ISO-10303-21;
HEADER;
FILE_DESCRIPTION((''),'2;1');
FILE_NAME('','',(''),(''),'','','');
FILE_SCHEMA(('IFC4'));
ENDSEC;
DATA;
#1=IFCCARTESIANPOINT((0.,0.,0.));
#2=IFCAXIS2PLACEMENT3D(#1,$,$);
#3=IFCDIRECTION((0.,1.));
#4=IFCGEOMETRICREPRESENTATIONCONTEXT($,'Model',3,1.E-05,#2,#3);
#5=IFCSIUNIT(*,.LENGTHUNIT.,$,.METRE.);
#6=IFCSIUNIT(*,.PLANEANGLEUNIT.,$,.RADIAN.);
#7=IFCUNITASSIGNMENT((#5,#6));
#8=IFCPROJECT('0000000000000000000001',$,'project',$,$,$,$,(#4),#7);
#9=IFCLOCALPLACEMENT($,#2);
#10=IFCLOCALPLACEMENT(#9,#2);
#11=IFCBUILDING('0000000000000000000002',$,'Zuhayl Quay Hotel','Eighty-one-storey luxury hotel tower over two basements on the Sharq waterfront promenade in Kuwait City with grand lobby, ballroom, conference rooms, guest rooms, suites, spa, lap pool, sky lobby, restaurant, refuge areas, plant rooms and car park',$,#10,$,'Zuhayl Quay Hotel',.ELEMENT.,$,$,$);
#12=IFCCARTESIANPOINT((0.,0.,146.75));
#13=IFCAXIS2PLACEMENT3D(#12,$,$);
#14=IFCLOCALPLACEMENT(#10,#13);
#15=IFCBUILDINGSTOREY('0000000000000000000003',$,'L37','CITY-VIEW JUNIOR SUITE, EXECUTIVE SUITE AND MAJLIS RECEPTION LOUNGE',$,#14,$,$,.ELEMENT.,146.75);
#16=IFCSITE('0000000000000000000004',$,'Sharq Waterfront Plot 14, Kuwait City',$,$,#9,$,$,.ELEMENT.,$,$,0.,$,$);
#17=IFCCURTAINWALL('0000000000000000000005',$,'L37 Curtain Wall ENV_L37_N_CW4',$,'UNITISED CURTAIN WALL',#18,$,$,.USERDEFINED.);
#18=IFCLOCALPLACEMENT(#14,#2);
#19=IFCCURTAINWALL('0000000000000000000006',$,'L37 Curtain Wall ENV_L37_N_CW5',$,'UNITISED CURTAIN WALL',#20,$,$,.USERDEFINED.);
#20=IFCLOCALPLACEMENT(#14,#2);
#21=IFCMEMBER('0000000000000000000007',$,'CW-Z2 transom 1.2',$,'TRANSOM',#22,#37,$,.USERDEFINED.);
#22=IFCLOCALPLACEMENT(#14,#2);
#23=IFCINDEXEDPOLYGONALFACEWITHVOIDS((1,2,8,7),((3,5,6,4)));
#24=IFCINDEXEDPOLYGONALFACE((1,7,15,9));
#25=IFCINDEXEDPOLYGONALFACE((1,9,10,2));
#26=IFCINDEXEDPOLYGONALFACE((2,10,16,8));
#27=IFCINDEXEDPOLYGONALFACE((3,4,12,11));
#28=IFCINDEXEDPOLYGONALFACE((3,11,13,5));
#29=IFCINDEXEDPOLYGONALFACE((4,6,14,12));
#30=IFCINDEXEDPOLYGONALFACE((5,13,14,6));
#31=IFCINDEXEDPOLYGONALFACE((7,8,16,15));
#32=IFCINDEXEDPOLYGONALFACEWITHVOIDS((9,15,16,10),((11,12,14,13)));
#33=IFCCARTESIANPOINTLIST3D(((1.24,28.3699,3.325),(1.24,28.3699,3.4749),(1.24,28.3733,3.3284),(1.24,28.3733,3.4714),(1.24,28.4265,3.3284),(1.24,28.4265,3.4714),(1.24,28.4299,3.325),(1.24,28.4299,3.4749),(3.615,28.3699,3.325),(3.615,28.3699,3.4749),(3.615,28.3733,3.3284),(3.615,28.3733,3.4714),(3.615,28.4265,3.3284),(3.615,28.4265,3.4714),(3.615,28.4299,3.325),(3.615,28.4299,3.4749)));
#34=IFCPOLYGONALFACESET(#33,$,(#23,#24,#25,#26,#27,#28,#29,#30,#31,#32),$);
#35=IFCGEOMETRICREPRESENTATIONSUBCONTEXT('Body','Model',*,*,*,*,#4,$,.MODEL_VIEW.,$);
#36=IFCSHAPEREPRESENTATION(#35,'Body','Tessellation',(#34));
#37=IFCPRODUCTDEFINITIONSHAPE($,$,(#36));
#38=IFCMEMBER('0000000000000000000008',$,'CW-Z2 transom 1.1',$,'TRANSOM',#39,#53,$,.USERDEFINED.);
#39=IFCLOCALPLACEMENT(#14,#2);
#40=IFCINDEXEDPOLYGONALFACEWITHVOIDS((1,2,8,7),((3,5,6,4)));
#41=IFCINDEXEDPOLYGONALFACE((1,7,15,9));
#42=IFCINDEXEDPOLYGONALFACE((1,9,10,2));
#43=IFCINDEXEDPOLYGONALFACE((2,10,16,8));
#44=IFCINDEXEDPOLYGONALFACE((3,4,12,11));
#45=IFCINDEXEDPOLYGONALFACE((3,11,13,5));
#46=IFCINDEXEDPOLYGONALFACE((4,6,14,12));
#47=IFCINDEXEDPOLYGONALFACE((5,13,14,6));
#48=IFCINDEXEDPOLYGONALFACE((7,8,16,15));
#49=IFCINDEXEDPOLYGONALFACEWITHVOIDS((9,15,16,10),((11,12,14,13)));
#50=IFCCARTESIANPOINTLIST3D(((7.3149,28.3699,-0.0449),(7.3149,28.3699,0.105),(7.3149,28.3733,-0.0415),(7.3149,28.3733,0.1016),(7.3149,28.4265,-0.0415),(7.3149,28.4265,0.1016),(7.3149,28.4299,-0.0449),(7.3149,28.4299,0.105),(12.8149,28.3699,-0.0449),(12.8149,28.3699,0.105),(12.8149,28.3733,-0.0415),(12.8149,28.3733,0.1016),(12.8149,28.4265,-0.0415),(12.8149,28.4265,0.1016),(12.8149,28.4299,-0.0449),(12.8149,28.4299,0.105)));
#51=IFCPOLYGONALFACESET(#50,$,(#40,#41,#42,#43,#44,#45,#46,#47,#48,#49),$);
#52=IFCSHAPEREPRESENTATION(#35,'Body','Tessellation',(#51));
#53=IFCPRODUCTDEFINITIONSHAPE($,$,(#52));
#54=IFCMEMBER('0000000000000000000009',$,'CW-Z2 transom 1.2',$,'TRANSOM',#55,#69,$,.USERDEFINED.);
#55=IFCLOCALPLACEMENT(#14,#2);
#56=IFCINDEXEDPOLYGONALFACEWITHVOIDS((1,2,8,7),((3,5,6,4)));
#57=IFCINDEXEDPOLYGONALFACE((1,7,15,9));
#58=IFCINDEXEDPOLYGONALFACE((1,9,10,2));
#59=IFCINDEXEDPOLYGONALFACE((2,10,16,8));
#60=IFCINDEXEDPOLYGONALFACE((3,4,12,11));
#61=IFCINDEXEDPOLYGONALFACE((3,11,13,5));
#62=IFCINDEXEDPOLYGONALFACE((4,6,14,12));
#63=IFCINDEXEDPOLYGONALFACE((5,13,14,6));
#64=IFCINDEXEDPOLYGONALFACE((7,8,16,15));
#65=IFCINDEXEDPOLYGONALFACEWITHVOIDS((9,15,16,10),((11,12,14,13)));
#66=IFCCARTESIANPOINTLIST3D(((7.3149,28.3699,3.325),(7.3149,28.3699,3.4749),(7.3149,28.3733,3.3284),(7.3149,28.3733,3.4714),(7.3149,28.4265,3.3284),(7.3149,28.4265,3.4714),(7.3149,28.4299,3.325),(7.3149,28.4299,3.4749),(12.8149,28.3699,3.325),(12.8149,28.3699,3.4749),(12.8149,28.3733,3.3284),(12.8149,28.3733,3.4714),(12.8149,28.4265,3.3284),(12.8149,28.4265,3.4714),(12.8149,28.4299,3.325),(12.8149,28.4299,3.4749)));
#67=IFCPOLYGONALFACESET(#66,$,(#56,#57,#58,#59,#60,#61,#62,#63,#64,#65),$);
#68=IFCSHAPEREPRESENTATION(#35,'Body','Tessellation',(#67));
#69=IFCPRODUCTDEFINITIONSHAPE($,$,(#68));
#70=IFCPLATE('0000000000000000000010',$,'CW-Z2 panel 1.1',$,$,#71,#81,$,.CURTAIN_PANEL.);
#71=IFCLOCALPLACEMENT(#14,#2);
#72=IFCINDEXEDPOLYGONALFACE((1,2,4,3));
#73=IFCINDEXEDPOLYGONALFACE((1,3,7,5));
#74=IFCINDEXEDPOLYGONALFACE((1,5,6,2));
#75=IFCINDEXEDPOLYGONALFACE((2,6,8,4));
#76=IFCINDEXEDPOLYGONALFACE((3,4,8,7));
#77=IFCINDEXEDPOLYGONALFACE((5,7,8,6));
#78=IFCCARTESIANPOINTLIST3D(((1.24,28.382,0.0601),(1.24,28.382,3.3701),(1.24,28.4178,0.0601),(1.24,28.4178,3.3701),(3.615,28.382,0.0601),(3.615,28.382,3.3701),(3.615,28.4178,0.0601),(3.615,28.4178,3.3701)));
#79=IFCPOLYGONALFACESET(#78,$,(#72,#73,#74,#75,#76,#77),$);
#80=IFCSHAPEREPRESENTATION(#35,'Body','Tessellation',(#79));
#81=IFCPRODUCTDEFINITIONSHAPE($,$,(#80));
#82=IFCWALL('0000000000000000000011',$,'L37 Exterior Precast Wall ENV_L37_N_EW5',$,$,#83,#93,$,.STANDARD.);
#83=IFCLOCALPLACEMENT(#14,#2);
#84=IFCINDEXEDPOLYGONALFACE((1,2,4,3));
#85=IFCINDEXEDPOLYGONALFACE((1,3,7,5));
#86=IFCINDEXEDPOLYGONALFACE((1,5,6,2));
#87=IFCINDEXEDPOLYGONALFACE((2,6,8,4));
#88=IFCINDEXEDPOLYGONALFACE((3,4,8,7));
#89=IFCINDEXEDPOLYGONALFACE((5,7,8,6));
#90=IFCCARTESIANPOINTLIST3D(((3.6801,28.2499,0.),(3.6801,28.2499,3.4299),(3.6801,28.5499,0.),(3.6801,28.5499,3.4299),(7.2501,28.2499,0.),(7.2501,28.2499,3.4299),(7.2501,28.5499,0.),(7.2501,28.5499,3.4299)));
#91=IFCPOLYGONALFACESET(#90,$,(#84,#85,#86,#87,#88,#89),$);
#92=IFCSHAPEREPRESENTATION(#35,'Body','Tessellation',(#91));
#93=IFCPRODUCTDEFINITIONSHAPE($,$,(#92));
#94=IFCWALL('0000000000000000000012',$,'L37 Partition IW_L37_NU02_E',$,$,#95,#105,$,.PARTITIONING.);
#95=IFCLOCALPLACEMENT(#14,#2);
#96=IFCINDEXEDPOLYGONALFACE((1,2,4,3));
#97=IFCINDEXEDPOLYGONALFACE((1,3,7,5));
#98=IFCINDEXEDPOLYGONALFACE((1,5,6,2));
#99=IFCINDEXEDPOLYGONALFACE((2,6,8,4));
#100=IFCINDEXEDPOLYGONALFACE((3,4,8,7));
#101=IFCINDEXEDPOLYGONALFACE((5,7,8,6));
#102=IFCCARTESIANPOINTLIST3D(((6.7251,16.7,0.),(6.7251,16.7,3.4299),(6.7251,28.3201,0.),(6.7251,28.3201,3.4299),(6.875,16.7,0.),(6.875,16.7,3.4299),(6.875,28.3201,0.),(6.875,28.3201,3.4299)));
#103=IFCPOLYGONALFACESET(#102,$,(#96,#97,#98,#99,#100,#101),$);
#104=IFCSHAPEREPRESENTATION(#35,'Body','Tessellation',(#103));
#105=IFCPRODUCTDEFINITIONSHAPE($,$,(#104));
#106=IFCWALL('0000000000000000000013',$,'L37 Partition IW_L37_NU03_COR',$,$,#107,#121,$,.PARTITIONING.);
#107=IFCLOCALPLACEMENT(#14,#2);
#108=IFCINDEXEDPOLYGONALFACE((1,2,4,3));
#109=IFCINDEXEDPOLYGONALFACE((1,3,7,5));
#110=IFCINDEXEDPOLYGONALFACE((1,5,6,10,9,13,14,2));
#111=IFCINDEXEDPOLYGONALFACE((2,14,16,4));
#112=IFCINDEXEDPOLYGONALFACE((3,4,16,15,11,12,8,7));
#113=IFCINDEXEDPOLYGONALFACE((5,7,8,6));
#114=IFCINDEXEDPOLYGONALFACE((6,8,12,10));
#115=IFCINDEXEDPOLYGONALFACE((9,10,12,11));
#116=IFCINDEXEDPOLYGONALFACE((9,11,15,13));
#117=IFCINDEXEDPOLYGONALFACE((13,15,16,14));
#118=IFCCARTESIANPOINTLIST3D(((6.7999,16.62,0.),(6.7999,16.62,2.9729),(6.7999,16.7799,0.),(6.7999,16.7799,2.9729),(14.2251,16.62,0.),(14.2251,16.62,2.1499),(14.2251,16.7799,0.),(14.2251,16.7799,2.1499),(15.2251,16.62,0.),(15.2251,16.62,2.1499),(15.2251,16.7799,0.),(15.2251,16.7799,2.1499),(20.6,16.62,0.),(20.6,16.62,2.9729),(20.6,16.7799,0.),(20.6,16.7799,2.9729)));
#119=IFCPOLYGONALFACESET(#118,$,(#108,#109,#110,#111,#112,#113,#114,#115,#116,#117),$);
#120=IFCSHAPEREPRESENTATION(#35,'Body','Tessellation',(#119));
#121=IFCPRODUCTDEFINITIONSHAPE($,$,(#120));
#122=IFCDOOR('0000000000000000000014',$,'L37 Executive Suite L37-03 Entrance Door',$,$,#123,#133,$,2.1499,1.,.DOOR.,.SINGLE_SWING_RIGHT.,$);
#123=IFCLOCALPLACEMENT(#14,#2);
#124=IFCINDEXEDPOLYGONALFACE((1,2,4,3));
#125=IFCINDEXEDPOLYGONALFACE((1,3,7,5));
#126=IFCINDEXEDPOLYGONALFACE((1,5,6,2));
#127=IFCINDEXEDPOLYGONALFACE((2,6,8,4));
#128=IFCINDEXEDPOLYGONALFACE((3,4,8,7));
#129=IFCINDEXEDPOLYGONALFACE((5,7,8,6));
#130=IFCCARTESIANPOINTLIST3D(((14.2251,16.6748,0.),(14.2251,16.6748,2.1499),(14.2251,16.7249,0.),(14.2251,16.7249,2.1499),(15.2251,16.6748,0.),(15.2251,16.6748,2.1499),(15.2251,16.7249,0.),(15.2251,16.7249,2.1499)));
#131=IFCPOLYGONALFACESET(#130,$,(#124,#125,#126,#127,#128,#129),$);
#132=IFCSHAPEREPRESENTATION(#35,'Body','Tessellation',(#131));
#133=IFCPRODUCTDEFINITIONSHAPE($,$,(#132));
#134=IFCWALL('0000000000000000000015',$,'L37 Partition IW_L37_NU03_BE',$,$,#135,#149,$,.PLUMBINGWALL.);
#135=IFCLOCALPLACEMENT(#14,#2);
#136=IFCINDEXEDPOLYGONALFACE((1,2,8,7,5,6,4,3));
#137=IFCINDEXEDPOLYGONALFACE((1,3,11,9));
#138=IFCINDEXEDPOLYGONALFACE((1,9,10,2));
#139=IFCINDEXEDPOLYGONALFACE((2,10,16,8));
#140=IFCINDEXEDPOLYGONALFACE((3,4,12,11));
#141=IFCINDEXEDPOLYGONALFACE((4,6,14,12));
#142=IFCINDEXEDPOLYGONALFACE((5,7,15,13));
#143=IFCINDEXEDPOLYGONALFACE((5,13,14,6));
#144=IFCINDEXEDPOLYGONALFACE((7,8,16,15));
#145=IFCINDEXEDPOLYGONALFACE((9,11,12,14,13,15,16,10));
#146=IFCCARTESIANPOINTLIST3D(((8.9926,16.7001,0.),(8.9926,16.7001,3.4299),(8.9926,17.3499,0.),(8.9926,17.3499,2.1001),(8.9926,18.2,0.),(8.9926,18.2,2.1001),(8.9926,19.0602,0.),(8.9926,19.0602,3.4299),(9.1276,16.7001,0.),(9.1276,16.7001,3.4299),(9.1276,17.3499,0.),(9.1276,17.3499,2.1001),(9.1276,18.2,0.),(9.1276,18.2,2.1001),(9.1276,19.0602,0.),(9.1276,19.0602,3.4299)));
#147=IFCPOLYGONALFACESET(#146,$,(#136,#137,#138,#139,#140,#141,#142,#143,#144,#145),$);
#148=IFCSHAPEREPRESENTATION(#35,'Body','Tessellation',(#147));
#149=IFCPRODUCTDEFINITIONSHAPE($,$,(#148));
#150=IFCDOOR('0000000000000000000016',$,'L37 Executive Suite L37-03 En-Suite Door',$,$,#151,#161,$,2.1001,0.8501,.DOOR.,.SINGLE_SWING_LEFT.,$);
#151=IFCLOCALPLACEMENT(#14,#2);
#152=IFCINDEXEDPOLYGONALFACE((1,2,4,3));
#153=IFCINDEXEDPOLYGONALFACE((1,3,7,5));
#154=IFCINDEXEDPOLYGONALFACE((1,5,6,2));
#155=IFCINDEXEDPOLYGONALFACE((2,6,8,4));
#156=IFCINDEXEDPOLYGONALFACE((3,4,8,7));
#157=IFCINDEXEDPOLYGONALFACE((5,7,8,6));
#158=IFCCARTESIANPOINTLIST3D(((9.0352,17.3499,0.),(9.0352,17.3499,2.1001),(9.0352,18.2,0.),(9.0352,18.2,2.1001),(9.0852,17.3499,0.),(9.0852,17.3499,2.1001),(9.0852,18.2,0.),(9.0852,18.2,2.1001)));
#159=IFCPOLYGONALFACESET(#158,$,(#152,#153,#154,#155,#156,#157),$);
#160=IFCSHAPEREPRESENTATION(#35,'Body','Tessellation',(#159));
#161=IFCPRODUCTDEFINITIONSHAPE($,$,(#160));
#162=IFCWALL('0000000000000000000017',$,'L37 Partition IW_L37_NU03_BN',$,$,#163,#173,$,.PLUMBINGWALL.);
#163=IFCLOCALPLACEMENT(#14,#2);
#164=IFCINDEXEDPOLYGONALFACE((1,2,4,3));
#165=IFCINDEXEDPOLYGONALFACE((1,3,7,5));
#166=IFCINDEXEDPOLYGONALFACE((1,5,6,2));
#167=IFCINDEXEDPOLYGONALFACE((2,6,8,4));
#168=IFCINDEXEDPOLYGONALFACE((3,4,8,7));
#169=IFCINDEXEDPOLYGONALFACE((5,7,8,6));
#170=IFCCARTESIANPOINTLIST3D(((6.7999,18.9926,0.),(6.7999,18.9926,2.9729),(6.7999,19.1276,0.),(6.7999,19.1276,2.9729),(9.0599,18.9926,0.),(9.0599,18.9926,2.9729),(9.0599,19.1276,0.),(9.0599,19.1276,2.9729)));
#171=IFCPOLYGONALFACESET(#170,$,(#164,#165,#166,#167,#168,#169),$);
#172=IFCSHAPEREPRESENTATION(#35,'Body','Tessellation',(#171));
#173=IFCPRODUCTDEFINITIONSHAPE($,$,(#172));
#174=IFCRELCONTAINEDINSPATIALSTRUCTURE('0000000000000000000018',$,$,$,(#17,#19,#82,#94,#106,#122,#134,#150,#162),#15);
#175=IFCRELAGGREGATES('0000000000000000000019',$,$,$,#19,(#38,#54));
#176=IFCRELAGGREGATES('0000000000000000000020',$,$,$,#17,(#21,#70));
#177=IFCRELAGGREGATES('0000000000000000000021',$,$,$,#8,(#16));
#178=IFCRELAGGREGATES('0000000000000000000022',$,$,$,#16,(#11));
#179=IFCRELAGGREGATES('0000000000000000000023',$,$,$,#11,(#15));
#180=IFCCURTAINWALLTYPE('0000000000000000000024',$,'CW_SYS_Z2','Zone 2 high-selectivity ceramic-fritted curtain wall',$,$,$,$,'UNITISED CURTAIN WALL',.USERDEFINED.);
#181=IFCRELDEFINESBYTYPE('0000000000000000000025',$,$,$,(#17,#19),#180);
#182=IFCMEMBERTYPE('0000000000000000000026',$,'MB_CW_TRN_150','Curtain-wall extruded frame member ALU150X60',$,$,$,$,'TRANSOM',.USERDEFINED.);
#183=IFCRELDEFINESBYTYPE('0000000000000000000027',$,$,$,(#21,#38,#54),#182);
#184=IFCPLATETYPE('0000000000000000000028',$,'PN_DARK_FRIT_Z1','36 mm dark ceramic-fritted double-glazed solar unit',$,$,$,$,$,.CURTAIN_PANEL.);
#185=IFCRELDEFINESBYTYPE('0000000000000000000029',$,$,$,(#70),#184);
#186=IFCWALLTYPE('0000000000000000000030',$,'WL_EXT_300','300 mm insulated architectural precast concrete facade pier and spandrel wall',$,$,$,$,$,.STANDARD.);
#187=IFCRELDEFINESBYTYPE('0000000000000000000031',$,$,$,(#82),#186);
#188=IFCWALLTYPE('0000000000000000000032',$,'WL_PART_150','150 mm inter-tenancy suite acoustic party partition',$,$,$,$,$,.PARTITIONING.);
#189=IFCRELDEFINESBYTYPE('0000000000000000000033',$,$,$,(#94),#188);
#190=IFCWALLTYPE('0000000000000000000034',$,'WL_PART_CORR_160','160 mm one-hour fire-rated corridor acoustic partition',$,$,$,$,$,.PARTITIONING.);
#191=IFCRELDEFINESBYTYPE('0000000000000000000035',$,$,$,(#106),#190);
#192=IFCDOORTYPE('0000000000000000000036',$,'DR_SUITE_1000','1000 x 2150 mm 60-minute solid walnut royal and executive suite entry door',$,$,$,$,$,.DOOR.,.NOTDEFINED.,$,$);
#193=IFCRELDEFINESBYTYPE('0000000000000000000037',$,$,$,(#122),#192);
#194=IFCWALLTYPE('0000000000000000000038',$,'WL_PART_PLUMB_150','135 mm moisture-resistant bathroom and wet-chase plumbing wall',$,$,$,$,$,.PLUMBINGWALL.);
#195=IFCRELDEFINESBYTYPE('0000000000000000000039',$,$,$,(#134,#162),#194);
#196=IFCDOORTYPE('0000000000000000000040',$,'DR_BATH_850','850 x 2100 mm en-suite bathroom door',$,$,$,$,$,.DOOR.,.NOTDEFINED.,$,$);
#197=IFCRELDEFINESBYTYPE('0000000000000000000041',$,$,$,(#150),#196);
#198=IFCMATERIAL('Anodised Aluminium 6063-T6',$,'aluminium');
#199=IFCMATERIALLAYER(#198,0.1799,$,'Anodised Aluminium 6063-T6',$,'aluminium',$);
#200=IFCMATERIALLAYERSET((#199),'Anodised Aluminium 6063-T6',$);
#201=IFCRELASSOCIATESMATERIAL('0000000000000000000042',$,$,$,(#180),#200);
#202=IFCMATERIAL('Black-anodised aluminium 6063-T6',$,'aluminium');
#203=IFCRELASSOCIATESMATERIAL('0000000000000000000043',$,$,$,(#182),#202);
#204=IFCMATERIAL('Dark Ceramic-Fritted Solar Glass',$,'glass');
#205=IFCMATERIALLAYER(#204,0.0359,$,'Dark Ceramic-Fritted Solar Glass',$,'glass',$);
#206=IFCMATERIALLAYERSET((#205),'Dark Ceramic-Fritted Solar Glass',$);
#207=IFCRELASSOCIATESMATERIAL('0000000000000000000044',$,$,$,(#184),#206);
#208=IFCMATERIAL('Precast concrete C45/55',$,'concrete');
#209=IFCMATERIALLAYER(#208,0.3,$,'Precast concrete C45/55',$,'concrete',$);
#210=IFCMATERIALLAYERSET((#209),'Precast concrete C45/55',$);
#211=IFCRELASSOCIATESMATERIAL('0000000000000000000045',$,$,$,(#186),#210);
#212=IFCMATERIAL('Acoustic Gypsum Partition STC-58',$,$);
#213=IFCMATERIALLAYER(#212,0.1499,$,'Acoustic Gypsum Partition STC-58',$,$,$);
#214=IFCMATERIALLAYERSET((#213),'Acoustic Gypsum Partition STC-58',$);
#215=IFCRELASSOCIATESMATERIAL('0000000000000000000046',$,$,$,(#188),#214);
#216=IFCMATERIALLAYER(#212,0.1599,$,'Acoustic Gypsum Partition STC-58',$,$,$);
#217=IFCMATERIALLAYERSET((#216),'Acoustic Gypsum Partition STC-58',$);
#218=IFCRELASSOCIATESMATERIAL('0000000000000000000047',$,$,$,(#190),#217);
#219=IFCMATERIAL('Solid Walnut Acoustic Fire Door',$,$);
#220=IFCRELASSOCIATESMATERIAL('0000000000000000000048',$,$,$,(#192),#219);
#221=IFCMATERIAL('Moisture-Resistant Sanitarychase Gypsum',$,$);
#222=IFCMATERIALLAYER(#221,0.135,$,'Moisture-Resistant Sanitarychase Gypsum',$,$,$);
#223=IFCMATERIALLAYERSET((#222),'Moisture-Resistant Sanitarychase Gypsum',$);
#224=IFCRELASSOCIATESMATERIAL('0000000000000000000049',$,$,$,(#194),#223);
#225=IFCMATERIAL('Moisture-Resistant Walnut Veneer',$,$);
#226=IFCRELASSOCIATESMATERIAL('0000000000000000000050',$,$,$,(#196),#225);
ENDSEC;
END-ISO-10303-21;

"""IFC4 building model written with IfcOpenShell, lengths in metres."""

from ifc_helpers import new_model, si_unit, direction, frame, frame_2d, origin, origin_2d, place, context, subcontext, project, spatial, rectangle, hollow_rectangle, extrude, material, layer, layer_set, material_profile, profile_set, type_object, element, fill, aggregate, save


model = new_model("IFC4")

# Units and contexts
model_context = context("Model", 3, precision=1e-05, world=origin(), true_north=direction((0.0, 1.0)))
body_context = subcontext(model_context, "Body", "Model", "MODEL_VIEW")
ifc_project = project(units=[si_unit("LENGTHUNIT", "METRE"), si_unit("PLANEANGLEUNIT", "RADIAN")], contexts=[model_context])

# Site, building, storey
site_placement = place(None, origin())
site = spatial("IfcSite", under=ifc_project, at=site_placement, Name="Sharq Waterfront Plot 14, Kuwait City", CompositionType="ELEMENT", RefElevation=0.0)
building_placement = place(site_placement, origin())
building = spatial("IfcBuilding", under=site, at=building_placement, Name="Zuhayl Quay Hotel", Description="Eighty-one-storey luxury hotel tower over two basements on the Sharq waterfront promenade in Kuwait City with grand lobby, ballroom, conference rooms, guest rooms, suites, spa, lap pool, sky lobby, restaurant, refuge areas, plant rooms and car park", LongName="Zuhayl Quay Hotel", CompositionType="ELEMENT")
storey_placement = place(building_placement, frame((0.0, 0.0, 146.75)))
storey = spatial("IfcBuildingStorey", under=building, at=storey_placement, Name="L37", Description="CITY-VIEW JUNIOR SUITE, EXECUTIVE SUITE AND MAJLIS RECEPTION LOUNGE", CompositionType="ELEMENT", Elevation=146.75)

# Curtain wall
ifc_material_1 = material(Name="Anodised Aluminium 6063-T6", Category="aluminium")
ifc_layer_1 = layer(ifc_material_1, 0.1799, Name="Anodised Aluminium 6063-T6", Category="aluminium")
ifc_layer_set_1 = layer_set([ifc_layer_1], Name="Anodised Aluminium 6063-T6")
curtain_wall_type = type_object("IfcCurtainWallType", Name="CW_SYS_Z2", Description="Zone 2 high-selectivity ceramic-fritted curtain wall", ElementType="UNITISED CURTAIN WALL", PredefinedType="USERDEFINED", material=ifc_layer_set_1)
curtain_wall_1_placement = place(storey_placement, origin())
curtain_wall_1 = element("IfcCurtainWall", 1, at=curtain_wall_1_placement, inside=storey, type_object=curtain_wall_type, Name="L37 Curtain Wall ENV_L37_N_CW4", ObjectType="UNITISED CURTAIN WALL", PredefinedType="USERDEFINED")
ifc_material_2 = material(Name="Black-anodised aluminium 6063-T6", Category="aluminium")

# Curtain wall
curtain_wall_2_placement = place(storey_placement, origin())
curtain_wall_2 = element("IfcCurtainWall", 2, at=curtain_wall_2_placement, inside=storey, type_object=curtain_wall_type, Name="L37 Curtain Wall ENV_L37_N_CW5", ObjectType="UNITISED CURTAIN WALL", PredefinedType="USERDEFINED")

# Members
ifc_material_profile_1 = material_profile(ifc_material_2, hollow_rectangle(XDim=0.0601, YDim=0.1499, WallThickness=0.0034, at=origin_2d()), Name="ALU150X60")
ifc_profile_set_1 = profile_set([ifc_material_profile_1], Name="Black-anodised aluminium 6063-T6")
member_type_1 = type_object("IfcMemberType", Name="MB_CW_TRN_150", Description="Curtain-wall extruded frame member ALU150X60", ElementType="TRANSOM", PredefinedType="USERDEFINED", material=ifc_profile_set_1)
member_1_placement = place(storey_placement, frame((1.24, 28.3999, 3.3999), z_axis=(1.0, 0.0, 0.0), x_axis=(0.0, 1.0, 0.0)))
member_1 = element("IfcMember", 3, at=member_1_placement, type_object=member_type_1, Name="CW-Z2 transom 1.2", ObjectType="TRANSOM", PredefinedType="USERDEFINED", context=body_context, shape_type="SweptSolid", body=[
    extrude(hollow_rectangle(XDim=0.0601, YDim=0.1499, WallThickness=0.0034, at=origin_2d()), origin(), (0.0, 0.0, 1.0), 2.375),
])
member_2_placement = place(storey_placement, frame((7.3149, 28.3999, 0.03), z_axis=(1.0, 0.0, 0.0), x_axis=(0.0, 1.0, 0.0)))
member_2 = element("IfcMember", 4, at=member_2_placement, type_object=member_type_1, Name="CW-Z2 transom 1.1", ObjectType="TRANSOM", PredefinedType="USERDEFINED", context=body_context, shape_type="SweptSolid", body=[
    extrude(hollow_rectangle(XDim=0.0601, YDim=0.1499, WallThickness=0.0034, at=origin_2d()), origin(), (0.0, 0.0, 1.0), 5.5),
])
member_3_placement = place(storey_placement, frame((7.3149, 28.3999, 3.3999), z_axis=(1.0, 0.0, 0.0), x_axis=(0.0, 1.0, 0.0)))
member_3 = element("IfcMember", 5, at=member_3_placement, type_object=member_type_1, Name="CW-Z2 transom 1.2", ObjectType="TRANSOM", PredefinedType="USERDEFINED", context=body_context, shape_type="SweptSolid", body=[
    extrude(hollow_rectangle(XDim=0.0601, YDim=0.1499, WallThickness=0.0034, at=origin_2d()), origin(), (0.0, 0.0, 1.0), 5.5),
])
aggregate(curtain_wall_2, [member_2, member_3])

# Plate
ifc_material_3 = material(Name="Dark Ceramic-Fritted Solar Glass", Category="glass")
ifc_layer_2 = layer(ifc_material_3, 0.0359, Name="Dark Ceramic-Fritted Solar Glass", Category="glass")
ifc_layer_set_2 = layer_set([ifc_layer_2], Name="Dark Ceramic-Fritted Solar Glass")
plate_type = type_object("IfcPlateType", Name="PN_DARK_FRIT_Z1", Description="36 mm dark ceramic-fritted double-glazed solar unit", PredefinedType="CURTAIN_PANEL", material=ifc_layer_set_2)
plate_placement = place(storey_placement, frame((2.4275, 28.3999, 0.0601), z_axis=(0.0, 0.0, 1.0), x_axis=(1.0, 0.0, 0.0)))
plate = element("IfcPlate", 6, at=plate_placement, type_object=plate_type, Name="CW-Z2 panel 1.1", PredefinedType="CURTAIN_PANEL", context=body_context, shape_type="SweptSolid", body=[
    extrude(rectangle(XDim=2.375, YDim=0.0359, at=origin_2d()), origin(), (0.0, 0.0, 1.0), 3.3101),
])
aggregate(curtain_wall_1, [member_1, plate])

# Walls
ifc_material_4 = material(Name="Precast concrete C45/55", Category="concrete")
ifc_layer_3 = layer(ifc_material_4, 0.3, Name="Precast concrete C45/55", Category="concrete")
ifc_layer_set_3 = layer_set([ifc_layer_3], Name="Precast concrete C45/55")
wall_type_1 = type_object("IfcWallType", Name="WL_EXT_300", Description="300 mm insulated architectural precast concrete facade pier and spandrel wall", PredefinedType="STANDARD", material=ifc_layer_set_3)
wall_1_placement = place(storey_placement, frame((3.6799, 28.3999, 0.0), z_axis=(0.0, 0.0, 1.0), x_axis=(1.0, 0.0, 0.0)))
element("IfcWall", 7, at=wall_1_placement, inside=storey, type_object=wall_type_1, Name="L37 Exterior Precast Wall ENV_L37_N_EW5", PredefinedType="STANDARD", context=body_context, shape_type="SweptSolid", body=[
    extrude(rectangle(XDim=3.5701, YDim=0.3, at=frame_2d((1.7852, 0.0))), origin(), (0.0, 0.0, 1.0), 3.4299),
])
ifc_material_5 = material(Name="Acoustic Gypsum Partition STC-58")
ifc_layer_4 = layer(ifc_material_5, 0.1499, Name="Acoustic Gypsum Partition STC-58")
ifc_layer_set_4 = layer_set([ifc_layer_4], Name="Acoustic Gypsum Partition STC-58")
wall_type_2 = type_object("IfcWallType", Name="WL_PART_150", Description="150 mm inter-tenancy suite acoustic party partition", PredefinedType="PARTITIONING", material=ifc_layer_set_4)
wall_2_placement = place(storey_placement, frame((6.8, 16.7, 0.0), z_axis=(0.0, 0.0, 1.0), x_axis=(0.0, 1.0, 0.0)))
element("IfcWall", 8, at=wall_2_placement, inside=storey, type_object=wall_type_2, Name="L37 Partition IW_L37_NU02_E", PredefinedType="PARTITIONING", context=body_context, shape_type="SweptSolid", body=[
    extrude(rectangle(XDim=11.6201, YDim=0.1499, at=frame_2d((5.8101, 0.0))), origin(), (0.0, 0.0, 1.0), 3.4299),
])

# Walls, openings, doors
ifc_layer_5 = layer(ifc_material_5, 0.1599, Name="Acoustic Gypsum Partition STC-58")
ifc_layer_set_5 = layer_set([ifc_layer_5], Name="Acoustic Gypsum Partition STC-58")
wall_type_3 = type_object("IfcWallType", Name="WL_PART_CORR_160", Description="160 mm one-hour fire-rated corridor acoustic partition", PredefinedType="PARTITIONING", material=ifc_layer_set_5)
wall_3_placement = place(storey_placement, frame((6.8, 16.7, 0.0), z_axis=(0.0, 0.0, 1.0), x_axis=(1.0, 0.0, 0.0)))
wall_3 = element("IfcWall", 9, at=wall_3_placement, inside=storey, type_object=wall_type_3, Name="L37 Partition IW_L37_NU03_COR", PredefinedType="PARTITIONING", context=body_context, shape_type="SweptSolid", body=[
    extrude(rectangle(XDim=13.8, YDim=0.1599, at=frame_2d((6.8999, 0.0))), origin(), (0.0, 0.0, 1.0), 2.9729),
])
opening_1_placement = place(wall_3_placement, frame((7.425, 0.0, 0.0)))
opening_1 = element("IfcOpeningElement", 10, at=opening_1_placement, cuts=wall_3, PredefinedType="OPENING", context=body_context, shape_type="SweptSolid", body=[
    extrude(rectangle(XDim=1.0, YDim=2.1499, at=frame_2d((0.5, 1.075))), frame((0.0, 0.0898, 0.0), z_axis=(0.0, -1.0, 0.0), x_axis=(1.0, 0.0, 0.0)), (0.0, 0.0, 1.0), 0.1799),
])
ifc_material_6 = material(Name="Solid Walnut Acoustic Fire Door")
door_type_1 = type_object("IfcDoorType", Name="DR_SUITE_1000", Description="1000 x 2150 mm 60-minute solid walnut royal and executive suite entry door", OperationType="NOTDEFINED", PredefinedType="DOOR", material=ifc_material_6)
door_1_placement = place(opening_1_placement, origin())
door_1 = element("IfcDoor", 11, at=door_1_placement, inside=storey, type_object=door_type_1, Name="L37 Executive Suite L37-03 Entrance Door", OperationType="SINGLE_SWING_RIGHT", OverallHeight=2.1499, OverallWidth=1.0, PredefinedType="DOOR", context=body_context, shape_type="SweptSolid", body=[
    extrude(rectangle(XDim=1.0, YDim=2.1499, at=frame_2d((0.5, 1.075))), frame((0.0, 0.0249, 0.0), z_axis=(0.0, -1.0, 0.0), x_axis=(1.0, 0.0, 0.0)), (0.0, 0.0, 1.0), 0.05),
])
fill(opening_1, door_1)
ifc_material_7 = material(Name="Moisture-Resistant Sanitarychase Gypsum")
ifc_layer_6 = layer(ifc_material_7, 0.135, Name="Moisture-Resistant Sanitarychase Gypsum")
ifc_layer_set_6 = layer_set([ifc_layer_6], Name="Moisture-Resistant Sanitarychase Gypsum")
wall_type_4 = type_object("IfcWallType", Name="WL_PART_PLUMB_150", Description="135 mm moisture-resistant bathroom and wet-chase plumbing wall", PredefinedType="PLUMBINGWALL", material=ifc_layer_set_6)
wall_4_placement = place(storey_placement, frame((9.0601, 16.7, 0.0), z_axis=(0.0, 0.0, 1.0), x_axis=(0.0, 1.0, 0.0)))
wall_4 = element("IfcWall", 12, at=wall_4_placement, inside=storey, type_object=wall_type_4, Name="L37 Partition IW_L37_NU03_BE", PredefinedType="PLUMBINGWALL", context=body_context, shape_type="SweptSolid", body=[
    extrude(rectangle(XDim=2.3601, YDim=0.135, at=frame_2d((1.1802, 0.0))), origin(), (0.0, 0.0, 1.0), 3.4299),
])
opening_2_placement = place(wall_4_placement, frame((0.6499, 0.0, 0.0)))
opening_2 = element("IfcOpeningElement", 13, at=opening_2_placement, cuts=wall_4, PredefinedType="OPENING", context=body_context, shape_type="SweptSolid", body=[
    extrude(rectangle(XDim=0.8501, YDim=2.1001, at=frame_2d((0.425, 1.05))), frame((0.0, 0.0774, 0.0), z_axis=(0.0, -1.0, 0.0), x_axis=(1.0, 0.0, 0.0)), (0.0, 0.0, 1.0), 0.155),
])
ifc_material_8 = material(Name="Moisture-Resistant Walnut Veneer")
door_type_2 = type_object("IfcDoorType", Name="DR_BATH_850", Description="850 x 2100 mm en-suite bathroom door", OperationType="NOTDEFINED", PredefinedType="DOOR", material=ifc_material_8)
door_2_placement = place(opening_2_placement, origin())
door_2 = element("IfcDoor", 14, at=door_2_placement, inside=storey, type_object=door_type_2, Name="L37 Executive Suite L37-03 En-Suite Door", OperationType="SINGLE_SWING_LEFT", OverallHeight=2.1001, OverallWidth=0.8501, PredefinedType="DOOR", context=body_context, shape_type="SweptSolid", body=[
    extrude(rectangle(XDim=0.8501, YDim=2.1001, at=frame_2d((0.425, 1.05))), frame((0.0, 0.0249, 0.0), z_axis=(0.0, -1.0, 0.0), x_axis=(1.0, 0.0, 0.0)), (0.0, 0.0, 1.0), 0.05),
])
fill(opening_2, door_2)

# Wall
wall_5_placement = place(storey_placement, frame((6.8, 19.0601, 0.0), z_axis=(0.0, 0.0, 1.0), x_axis=(1.0, 0.0, 0.0)))
element("IfcWall", 15, at=wall_5_placement, inside=storey, type_object=wall_type_4, Name="L37 Partition IW_L37_NU03_BN", PredefinedType="PLUMBINGWALL", context=body_context, shape_type="SweptSolid", body=[
    extrude(rectangle(XDim=2.26, YDim=0.135, at=frame_2d((1.1299, 0.0))), origin(), (0.0, 0.0, 1.0), 2.9729),
])

save(model, "model.ifc")
